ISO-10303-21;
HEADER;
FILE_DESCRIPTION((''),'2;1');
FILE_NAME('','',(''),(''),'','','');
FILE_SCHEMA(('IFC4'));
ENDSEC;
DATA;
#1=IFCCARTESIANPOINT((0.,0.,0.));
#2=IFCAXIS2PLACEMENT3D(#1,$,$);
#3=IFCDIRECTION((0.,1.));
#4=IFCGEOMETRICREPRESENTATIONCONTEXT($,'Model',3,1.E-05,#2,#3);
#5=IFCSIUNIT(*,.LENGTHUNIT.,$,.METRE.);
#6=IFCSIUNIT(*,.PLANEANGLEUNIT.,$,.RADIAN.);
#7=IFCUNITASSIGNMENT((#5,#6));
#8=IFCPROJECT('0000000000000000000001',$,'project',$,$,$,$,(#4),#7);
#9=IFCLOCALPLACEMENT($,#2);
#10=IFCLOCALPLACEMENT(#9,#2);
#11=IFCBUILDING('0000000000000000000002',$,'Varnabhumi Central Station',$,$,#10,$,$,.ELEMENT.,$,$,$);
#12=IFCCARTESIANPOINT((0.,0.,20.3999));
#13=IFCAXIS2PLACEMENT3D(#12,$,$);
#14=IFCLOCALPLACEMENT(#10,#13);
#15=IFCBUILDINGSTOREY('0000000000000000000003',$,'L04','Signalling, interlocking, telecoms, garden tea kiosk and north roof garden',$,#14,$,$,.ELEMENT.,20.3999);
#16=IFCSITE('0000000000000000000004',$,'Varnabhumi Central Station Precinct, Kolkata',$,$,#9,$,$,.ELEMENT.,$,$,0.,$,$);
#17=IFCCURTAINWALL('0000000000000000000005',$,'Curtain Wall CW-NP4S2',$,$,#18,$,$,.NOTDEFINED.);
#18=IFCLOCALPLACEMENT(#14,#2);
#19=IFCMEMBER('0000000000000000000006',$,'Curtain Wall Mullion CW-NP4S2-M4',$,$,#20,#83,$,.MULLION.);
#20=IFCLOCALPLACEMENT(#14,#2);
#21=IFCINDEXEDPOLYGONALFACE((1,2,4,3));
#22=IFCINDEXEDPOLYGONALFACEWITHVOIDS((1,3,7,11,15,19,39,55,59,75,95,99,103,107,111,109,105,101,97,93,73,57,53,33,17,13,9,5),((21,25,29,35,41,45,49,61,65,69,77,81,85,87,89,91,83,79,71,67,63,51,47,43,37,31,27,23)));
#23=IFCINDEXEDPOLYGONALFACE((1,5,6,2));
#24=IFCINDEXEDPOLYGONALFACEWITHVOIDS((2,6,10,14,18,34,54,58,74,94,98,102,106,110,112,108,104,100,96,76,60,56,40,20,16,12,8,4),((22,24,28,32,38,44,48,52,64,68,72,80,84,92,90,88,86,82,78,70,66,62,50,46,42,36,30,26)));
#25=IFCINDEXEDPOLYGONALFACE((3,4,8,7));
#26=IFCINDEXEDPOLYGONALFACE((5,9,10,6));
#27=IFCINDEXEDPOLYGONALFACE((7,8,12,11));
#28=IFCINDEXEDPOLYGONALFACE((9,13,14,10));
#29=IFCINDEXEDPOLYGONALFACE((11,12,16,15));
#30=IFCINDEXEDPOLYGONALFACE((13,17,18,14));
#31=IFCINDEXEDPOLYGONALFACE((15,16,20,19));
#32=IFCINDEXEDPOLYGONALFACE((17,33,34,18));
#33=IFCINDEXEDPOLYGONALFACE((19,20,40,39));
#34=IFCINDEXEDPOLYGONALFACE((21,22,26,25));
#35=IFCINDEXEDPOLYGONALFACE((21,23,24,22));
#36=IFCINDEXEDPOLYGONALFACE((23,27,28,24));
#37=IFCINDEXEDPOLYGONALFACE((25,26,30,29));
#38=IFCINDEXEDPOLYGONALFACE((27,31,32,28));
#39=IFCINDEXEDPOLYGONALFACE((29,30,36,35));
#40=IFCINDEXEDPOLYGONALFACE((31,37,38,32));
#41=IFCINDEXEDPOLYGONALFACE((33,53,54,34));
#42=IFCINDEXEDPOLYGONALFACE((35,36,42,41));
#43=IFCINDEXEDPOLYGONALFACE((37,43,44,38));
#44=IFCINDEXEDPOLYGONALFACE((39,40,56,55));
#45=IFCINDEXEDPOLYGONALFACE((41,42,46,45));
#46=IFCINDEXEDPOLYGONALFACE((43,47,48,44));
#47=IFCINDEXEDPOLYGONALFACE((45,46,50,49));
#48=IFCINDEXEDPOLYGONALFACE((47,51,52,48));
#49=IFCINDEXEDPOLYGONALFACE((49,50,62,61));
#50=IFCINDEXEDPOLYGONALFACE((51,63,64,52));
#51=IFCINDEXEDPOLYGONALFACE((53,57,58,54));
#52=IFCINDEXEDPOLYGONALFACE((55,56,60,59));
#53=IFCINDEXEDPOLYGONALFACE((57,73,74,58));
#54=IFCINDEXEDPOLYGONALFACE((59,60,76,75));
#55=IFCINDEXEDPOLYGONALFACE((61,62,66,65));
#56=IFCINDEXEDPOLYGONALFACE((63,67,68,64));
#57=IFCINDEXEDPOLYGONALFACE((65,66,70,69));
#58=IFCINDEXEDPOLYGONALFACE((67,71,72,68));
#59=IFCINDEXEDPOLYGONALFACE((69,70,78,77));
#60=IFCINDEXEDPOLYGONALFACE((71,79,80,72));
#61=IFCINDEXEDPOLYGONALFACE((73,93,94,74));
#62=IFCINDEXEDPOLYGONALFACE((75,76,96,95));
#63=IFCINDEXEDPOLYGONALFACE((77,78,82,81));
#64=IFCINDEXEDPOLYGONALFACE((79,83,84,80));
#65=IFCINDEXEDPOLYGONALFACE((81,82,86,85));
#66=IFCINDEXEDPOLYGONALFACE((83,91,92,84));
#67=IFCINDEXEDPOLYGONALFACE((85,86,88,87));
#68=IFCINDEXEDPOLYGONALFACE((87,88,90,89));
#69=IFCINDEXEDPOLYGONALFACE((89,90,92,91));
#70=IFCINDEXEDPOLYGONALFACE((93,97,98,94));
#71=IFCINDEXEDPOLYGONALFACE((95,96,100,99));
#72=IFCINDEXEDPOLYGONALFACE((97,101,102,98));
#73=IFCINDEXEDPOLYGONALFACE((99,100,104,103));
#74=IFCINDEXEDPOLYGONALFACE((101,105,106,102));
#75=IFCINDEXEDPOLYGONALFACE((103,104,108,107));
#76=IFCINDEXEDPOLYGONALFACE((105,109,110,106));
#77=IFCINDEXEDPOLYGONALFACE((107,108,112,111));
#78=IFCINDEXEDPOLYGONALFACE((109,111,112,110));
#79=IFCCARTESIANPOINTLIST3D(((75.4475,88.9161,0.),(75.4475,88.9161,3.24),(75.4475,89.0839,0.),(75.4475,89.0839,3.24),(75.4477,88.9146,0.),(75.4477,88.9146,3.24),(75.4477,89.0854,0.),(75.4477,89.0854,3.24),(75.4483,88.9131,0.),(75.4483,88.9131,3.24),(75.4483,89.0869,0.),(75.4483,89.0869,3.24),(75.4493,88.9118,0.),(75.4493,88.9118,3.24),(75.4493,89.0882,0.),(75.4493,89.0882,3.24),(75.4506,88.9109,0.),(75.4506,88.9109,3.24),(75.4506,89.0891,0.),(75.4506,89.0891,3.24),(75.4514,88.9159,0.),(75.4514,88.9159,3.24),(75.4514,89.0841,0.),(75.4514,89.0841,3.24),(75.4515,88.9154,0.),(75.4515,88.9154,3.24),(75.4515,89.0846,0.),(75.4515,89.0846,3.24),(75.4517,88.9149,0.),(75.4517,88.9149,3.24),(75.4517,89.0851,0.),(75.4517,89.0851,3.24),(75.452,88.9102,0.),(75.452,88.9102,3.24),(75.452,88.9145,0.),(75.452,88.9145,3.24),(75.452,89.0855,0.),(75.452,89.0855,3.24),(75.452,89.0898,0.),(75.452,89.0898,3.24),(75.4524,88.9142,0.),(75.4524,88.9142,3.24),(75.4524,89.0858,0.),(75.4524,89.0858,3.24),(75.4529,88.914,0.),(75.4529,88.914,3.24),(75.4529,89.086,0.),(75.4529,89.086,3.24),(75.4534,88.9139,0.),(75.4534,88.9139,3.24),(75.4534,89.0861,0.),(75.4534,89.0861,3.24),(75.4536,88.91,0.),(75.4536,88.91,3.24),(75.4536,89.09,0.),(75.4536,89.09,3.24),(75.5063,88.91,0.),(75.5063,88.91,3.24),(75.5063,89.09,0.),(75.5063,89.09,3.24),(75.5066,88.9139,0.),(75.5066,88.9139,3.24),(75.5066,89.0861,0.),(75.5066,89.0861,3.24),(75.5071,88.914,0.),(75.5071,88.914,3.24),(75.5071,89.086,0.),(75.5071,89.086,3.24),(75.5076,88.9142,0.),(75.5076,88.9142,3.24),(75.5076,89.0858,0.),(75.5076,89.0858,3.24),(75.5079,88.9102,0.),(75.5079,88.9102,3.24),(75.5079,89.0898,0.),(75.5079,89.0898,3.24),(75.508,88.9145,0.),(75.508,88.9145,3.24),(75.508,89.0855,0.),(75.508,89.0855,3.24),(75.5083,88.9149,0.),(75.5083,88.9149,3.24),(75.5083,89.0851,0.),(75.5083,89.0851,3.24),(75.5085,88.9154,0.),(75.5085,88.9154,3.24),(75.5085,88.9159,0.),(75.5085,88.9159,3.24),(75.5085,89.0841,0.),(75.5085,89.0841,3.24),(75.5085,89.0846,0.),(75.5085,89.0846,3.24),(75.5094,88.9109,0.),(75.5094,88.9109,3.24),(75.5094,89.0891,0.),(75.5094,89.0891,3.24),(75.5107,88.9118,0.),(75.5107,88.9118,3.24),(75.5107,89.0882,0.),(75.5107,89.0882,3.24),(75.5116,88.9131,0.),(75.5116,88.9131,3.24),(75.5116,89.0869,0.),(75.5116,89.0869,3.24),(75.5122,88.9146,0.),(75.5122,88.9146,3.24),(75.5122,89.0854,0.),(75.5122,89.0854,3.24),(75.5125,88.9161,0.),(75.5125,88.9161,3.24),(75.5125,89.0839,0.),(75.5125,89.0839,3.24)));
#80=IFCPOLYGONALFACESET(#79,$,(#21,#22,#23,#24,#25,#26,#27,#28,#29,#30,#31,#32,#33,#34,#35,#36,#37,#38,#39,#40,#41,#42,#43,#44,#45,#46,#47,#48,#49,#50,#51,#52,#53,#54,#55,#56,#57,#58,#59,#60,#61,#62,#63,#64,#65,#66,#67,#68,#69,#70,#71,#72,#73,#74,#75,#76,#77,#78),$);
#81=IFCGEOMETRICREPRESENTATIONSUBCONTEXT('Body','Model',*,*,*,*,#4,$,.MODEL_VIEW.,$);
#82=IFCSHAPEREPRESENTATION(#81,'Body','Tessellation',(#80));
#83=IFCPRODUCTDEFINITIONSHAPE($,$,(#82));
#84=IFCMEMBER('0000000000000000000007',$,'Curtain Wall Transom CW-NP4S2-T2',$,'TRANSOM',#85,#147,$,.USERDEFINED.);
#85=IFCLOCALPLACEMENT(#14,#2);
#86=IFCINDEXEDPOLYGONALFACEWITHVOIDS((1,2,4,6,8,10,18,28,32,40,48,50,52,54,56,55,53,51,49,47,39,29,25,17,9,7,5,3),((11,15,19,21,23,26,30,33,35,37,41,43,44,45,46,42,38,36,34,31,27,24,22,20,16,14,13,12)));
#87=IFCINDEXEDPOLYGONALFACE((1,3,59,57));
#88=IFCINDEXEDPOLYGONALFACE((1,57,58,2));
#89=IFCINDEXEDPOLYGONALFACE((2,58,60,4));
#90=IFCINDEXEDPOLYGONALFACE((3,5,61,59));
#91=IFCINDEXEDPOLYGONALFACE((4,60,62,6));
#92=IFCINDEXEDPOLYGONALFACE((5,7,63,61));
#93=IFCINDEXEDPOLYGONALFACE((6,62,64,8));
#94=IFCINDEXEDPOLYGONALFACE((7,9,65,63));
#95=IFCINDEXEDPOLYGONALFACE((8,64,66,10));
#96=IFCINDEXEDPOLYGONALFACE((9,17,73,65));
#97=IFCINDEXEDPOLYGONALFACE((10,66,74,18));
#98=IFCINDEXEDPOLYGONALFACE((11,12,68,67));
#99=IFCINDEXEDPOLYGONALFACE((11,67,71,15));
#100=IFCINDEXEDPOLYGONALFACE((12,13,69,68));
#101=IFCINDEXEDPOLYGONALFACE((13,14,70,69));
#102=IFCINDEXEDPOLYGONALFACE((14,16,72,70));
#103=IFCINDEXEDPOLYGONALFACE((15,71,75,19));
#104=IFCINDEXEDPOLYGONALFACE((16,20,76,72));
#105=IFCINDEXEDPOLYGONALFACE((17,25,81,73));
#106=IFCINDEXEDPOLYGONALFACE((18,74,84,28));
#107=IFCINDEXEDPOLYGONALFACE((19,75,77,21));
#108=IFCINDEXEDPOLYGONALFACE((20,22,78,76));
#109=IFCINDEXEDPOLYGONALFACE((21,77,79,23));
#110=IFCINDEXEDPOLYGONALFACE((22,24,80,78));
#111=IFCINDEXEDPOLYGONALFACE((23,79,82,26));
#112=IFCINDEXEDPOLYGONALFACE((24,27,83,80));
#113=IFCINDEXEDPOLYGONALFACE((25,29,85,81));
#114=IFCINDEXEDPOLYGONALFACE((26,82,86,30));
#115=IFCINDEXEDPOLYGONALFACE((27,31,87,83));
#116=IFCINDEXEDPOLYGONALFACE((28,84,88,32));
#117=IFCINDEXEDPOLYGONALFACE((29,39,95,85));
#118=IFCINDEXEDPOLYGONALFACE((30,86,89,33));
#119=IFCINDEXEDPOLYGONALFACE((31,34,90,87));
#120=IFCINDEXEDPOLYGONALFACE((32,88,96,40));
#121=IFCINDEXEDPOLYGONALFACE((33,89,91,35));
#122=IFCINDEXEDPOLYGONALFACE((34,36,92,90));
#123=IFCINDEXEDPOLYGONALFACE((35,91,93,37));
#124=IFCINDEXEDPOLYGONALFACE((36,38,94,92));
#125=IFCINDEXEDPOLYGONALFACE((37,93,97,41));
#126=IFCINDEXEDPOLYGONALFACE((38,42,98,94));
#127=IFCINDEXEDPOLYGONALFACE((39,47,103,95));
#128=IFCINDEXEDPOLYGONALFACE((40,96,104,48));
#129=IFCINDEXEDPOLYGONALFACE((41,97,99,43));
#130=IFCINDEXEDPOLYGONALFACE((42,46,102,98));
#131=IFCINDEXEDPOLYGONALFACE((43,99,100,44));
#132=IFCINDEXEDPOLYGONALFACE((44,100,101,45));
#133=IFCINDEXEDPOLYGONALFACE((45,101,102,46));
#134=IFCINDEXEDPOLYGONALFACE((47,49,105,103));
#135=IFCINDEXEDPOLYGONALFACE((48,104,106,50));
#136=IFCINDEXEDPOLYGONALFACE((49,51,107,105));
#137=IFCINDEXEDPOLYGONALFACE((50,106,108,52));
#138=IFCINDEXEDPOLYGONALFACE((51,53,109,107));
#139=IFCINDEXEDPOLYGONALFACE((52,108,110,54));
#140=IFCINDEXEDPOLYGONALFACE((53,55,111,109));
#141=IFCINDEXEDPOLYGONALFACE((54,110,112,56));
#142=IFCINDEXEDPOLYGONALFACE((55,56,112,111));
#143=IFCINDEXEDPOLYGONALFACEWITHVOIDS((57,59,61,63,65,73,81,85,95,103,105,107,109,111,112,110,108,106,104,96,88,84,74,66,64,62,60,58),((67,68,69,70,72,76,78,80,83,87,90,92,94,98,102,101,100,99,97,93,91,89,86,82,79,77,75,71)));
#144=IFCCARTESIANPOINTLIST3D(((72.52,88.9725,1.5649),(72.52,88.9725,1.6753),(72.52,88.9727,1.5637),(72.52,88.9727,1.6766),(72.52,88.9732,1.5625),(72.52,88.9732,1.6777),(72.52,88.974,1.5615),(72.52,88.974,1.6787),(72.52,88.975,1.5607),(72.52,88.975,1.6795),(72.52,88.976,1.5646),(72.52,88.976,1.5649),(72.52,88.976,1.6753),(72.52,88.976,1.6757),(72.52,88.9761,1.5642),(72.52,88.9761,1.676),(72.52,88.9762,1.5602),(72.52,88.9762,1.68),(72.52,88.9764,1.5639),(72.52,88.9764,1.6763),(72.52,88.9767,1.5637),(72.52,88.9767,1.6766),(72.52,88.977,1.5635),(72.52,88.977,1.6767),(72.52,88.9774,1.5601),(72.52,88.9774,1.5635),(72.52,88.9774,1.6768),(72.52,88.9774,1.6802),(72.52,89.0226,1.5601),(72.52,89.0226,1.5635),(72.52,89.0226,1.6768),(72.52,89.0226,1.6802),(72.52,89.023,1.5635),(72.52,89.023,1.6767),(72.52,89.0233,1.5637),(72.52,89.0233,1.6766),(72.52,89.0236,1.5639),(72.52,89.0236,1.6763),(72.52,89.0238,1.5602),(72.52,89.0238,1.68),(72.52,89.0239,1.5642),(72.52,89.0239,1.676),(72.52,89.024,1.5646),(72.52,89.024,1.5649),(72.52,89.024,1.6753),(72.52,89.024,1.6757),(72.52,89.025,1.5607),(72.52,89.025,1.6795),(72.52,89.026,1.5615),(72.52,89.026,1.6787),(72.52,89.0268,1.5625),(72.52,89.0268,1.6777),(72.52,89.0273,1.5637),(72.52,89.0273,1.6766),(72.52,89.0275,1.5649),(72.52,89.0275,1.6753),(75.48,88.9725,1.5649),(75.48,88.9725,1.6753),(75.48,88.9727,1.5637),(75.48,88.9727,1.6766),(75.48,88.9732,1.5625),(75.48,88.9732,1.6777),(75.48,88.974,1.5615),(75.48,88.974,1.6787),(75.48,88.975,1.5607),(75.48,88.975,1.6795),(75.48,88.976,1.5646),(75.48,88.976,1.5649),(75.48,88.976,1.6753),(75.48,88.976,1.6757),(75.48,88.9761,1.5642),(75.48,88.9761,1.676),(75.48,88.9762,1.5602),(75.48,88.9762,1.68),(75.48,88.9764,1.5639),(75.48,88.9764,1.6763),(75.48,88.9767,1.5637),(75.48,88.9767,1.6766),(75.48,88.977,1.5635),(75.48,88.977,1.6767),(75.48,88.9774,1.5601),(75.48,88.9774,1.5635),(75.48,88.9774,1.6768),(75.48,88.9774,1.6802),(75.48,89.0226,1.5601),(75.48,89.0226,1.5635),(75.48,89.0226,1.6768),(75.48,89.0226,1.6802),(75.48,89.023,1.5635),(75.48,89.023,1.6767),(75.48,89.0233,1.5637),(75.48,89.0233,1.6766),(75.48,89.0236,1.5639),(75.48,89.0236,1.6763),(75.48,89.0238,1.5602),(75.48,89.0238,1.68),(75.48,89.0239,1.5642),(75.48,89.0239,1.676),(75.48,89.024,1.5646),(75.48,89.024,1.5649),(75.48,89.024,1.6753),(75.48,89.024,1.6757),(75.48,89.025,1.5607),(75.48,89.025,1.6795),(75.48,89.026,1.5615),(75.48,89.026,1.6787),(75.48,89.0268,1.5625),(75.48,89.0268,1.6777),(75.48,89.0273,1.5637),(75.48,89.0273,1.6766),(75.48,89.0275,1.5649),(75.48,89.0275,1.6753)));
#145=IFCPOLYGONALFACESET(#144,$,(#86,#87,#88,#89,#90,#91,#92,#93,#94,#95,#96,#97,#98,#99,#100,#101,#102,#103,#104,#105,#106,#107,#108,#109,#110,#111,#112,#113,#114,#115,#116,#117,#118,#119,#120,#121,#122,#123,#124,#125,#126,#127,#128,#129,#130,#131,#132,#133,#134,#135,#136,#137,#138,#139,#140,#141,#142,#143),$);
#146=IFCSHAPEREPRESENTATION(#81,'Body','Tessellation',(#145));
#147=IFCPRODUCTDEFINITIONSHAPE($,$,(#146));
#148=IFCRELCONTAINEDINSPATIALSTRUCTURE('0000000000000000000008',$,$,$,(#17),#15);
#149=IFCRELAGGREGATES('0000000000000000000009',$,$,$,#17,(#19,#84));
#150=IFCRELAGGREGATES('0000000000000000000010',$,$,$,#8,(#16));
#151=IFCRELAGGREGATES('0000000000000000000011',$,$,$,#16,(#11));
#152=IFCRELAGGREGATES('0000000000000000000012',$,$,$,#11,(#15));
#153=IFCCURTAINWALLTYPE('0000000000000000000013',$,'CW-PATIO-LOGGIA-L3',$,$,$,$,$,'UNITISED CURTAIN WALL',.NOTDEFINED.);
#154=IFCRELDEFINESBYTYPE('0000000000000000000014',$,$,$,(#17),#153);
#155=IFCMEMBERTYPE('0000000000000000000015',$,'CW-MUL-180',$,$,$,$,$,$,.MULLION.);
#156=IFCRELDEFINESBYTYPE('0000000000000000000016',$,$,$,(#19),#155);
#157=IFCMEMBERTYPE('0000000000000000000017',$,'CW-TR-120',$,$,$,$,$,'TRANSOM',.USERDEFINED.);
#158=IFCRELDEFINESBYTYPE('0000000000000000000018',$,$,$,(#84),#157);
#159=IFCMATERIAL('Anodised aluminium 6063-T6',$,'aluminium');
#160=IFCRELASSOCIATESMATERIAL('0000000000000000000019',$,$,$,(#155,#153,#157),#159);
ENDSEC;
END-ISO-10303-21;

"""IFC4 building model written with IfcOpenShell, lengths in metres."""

from ifc_helpers import new_model, si_unit, direction, frame, origin, origin_2d, place, context, subcontext, project, spatial, hollow_rectangle, extrude, material, material_profile, profile_set, type_object, element, aggregate, save


model = new_model("IFC4")

# Units and contexts
model_context = context("Model", 3, precision=1e-05, world=origin(), true_north=direction((0.0, 1.0)))
body_context = subcontext(model_context, "Body", "Model", "MODEL_VIEW")
ifc_project = project(units=[si_unit("LENGTHUNIT", "METRE"), si_unit("PLANEANGLEUNIT", "RADIAN")], contexts=[model_context])

# Site, building, storey
site_placement = place(None, origin())
site = spatial("IfcSite", under=ifc_project, at=site_placement, Name="Varnabhumi Central Station Precinct, Kolkata", CompositionType="ELEMENT", RefElevation=0.0)
building_placement = place(site_placement, origin())
building = spatial("IfcBuilding", under=site, at=building_placement, Name="Varnabhumi Central Station", CompositionType="ELEMENT")
storey_placement = place(building_placement, frame((0.0, 0.0, 20.3999)))
storey = spatial("IfcBuildingStorey", under=building, at=storey_placement, Name="L04", Description="Signalling, interlocking, telecoms, garden tea kiosk and north roof garden", CompositionType="ELEMENT", Elevation=20.3999)

# Curtain wall, members
ifc_material_1 = material(Name="Anodised aluminium 6063-T6", Category="aluminium")
ifc_material_profile_1 = material_profile(ifc_material_1, hollow_rectangle(XDim=0.0649, YDim=0.1799, WallThickness=0.0039, InnerFilletRadius=0.002, OuterFilletRadius=0.0061, at=origin_2d()), Name="Anodised aluminium 6063-T6", Category="aluminium")
ifc_profile_set_1 = profile_set([ifc_material_profile_1], Name="Anodised aluminium 6063-T6")
member_type_1 = type_object("IfcMemberType", Name="CW-MUL-180", PredefinedType="MULLION", material=ifc_profile_set_1)
curtain_wall_type_1 = type_object("IfcCurtainWallType", Name="CW-PATIO-LOGGIA-L3", ElementType="UNITISED CURTAIN WALL", PredefinedType="NOTDEFINED", material=ifc_material_1)
curtain_wall_1_placement = place(storey_placement, origin())
curtain_wall_1 = element("IfcCurtainWall", 1, at=curtain_wall_1_placement, inside=storey, type_object=curtain_wall_type_1, Name="Curtain Wall CW-NP4S2", PredefinedType="NOTDEFINED")
member_1_placement = place(storey_placement, frame((75.48, 89.0, 0.0), z_axis=(0.0, 0.0, 1.0), x_axis=(1.0, 0.0, 0.0)))
member_1 = element("IfcMember", 2, at=member_1_placement, type_object=member_type_1, Name="Curtain Wall Mullion CW-NP4S2-M4", PredefinedType="MULLION", context=body_context, shape_type="SweptSolid", body=[
    extrude(hollow_rectangle(XDim=0.0649, YDim=0.1799, WallThickness=0.0039, InnerFilletRadius=0.002, OuterFilletRadius=0.0061, at=origin_2d()), origin(), (0.0, 0.0, 1.0), 3.24),
])
ifc_material_profile_2 = material_profile(ifc_material_1, hollow_rectangle(XDim=0.0549, YDim=0.1201, WallThickness=0.0034, InnerFilletRadius=0.0015, OuterFilletRadius=0.0049, at=origin_2d()), Name="Anodised aluminium 6063-T6", Category="aluminium")
ifc_profile_set_2 = profile_set([ifc_material_profile_2], Name="Anodised aluminium 6063-T6")
member_type_2 = type_object("IfcMemberType", Name="CW-TR-120", ElementType="TRANSOM", PredefinedType="USERDEFINED", material=ifc_profile_set_2)
member_2_placement = place(storey_placement, frame((72.52, 89.0, 1.6201), z_axis=(1.0, 0.0, 0.0), x_axis=(0.0, 1.0, 0.0)))
member_2 = element("IfcMember", 3, at=member_2_placement, type_object=member_type_2, Name="Curtain Wall Transom CW-NP4S2-T2", ObjectType="TRANSOM", PredefinedType="USERDEFINED", context=body_context, shape_type="SweptSolid", body=[
    extrude(hollow_rectangle(XDim=0.0549, YDim=0.1201, WallThickness=0.0034, InnerFilletRadius=0.0015, OuterFilletRadius=0.0049, at=origin_2d()), origin(), (0.0, 0.0, 1.0), 2.96),
])

aggregate(curtain_wall_1, [member_1, member_2])

save(model, "model.ifc")
